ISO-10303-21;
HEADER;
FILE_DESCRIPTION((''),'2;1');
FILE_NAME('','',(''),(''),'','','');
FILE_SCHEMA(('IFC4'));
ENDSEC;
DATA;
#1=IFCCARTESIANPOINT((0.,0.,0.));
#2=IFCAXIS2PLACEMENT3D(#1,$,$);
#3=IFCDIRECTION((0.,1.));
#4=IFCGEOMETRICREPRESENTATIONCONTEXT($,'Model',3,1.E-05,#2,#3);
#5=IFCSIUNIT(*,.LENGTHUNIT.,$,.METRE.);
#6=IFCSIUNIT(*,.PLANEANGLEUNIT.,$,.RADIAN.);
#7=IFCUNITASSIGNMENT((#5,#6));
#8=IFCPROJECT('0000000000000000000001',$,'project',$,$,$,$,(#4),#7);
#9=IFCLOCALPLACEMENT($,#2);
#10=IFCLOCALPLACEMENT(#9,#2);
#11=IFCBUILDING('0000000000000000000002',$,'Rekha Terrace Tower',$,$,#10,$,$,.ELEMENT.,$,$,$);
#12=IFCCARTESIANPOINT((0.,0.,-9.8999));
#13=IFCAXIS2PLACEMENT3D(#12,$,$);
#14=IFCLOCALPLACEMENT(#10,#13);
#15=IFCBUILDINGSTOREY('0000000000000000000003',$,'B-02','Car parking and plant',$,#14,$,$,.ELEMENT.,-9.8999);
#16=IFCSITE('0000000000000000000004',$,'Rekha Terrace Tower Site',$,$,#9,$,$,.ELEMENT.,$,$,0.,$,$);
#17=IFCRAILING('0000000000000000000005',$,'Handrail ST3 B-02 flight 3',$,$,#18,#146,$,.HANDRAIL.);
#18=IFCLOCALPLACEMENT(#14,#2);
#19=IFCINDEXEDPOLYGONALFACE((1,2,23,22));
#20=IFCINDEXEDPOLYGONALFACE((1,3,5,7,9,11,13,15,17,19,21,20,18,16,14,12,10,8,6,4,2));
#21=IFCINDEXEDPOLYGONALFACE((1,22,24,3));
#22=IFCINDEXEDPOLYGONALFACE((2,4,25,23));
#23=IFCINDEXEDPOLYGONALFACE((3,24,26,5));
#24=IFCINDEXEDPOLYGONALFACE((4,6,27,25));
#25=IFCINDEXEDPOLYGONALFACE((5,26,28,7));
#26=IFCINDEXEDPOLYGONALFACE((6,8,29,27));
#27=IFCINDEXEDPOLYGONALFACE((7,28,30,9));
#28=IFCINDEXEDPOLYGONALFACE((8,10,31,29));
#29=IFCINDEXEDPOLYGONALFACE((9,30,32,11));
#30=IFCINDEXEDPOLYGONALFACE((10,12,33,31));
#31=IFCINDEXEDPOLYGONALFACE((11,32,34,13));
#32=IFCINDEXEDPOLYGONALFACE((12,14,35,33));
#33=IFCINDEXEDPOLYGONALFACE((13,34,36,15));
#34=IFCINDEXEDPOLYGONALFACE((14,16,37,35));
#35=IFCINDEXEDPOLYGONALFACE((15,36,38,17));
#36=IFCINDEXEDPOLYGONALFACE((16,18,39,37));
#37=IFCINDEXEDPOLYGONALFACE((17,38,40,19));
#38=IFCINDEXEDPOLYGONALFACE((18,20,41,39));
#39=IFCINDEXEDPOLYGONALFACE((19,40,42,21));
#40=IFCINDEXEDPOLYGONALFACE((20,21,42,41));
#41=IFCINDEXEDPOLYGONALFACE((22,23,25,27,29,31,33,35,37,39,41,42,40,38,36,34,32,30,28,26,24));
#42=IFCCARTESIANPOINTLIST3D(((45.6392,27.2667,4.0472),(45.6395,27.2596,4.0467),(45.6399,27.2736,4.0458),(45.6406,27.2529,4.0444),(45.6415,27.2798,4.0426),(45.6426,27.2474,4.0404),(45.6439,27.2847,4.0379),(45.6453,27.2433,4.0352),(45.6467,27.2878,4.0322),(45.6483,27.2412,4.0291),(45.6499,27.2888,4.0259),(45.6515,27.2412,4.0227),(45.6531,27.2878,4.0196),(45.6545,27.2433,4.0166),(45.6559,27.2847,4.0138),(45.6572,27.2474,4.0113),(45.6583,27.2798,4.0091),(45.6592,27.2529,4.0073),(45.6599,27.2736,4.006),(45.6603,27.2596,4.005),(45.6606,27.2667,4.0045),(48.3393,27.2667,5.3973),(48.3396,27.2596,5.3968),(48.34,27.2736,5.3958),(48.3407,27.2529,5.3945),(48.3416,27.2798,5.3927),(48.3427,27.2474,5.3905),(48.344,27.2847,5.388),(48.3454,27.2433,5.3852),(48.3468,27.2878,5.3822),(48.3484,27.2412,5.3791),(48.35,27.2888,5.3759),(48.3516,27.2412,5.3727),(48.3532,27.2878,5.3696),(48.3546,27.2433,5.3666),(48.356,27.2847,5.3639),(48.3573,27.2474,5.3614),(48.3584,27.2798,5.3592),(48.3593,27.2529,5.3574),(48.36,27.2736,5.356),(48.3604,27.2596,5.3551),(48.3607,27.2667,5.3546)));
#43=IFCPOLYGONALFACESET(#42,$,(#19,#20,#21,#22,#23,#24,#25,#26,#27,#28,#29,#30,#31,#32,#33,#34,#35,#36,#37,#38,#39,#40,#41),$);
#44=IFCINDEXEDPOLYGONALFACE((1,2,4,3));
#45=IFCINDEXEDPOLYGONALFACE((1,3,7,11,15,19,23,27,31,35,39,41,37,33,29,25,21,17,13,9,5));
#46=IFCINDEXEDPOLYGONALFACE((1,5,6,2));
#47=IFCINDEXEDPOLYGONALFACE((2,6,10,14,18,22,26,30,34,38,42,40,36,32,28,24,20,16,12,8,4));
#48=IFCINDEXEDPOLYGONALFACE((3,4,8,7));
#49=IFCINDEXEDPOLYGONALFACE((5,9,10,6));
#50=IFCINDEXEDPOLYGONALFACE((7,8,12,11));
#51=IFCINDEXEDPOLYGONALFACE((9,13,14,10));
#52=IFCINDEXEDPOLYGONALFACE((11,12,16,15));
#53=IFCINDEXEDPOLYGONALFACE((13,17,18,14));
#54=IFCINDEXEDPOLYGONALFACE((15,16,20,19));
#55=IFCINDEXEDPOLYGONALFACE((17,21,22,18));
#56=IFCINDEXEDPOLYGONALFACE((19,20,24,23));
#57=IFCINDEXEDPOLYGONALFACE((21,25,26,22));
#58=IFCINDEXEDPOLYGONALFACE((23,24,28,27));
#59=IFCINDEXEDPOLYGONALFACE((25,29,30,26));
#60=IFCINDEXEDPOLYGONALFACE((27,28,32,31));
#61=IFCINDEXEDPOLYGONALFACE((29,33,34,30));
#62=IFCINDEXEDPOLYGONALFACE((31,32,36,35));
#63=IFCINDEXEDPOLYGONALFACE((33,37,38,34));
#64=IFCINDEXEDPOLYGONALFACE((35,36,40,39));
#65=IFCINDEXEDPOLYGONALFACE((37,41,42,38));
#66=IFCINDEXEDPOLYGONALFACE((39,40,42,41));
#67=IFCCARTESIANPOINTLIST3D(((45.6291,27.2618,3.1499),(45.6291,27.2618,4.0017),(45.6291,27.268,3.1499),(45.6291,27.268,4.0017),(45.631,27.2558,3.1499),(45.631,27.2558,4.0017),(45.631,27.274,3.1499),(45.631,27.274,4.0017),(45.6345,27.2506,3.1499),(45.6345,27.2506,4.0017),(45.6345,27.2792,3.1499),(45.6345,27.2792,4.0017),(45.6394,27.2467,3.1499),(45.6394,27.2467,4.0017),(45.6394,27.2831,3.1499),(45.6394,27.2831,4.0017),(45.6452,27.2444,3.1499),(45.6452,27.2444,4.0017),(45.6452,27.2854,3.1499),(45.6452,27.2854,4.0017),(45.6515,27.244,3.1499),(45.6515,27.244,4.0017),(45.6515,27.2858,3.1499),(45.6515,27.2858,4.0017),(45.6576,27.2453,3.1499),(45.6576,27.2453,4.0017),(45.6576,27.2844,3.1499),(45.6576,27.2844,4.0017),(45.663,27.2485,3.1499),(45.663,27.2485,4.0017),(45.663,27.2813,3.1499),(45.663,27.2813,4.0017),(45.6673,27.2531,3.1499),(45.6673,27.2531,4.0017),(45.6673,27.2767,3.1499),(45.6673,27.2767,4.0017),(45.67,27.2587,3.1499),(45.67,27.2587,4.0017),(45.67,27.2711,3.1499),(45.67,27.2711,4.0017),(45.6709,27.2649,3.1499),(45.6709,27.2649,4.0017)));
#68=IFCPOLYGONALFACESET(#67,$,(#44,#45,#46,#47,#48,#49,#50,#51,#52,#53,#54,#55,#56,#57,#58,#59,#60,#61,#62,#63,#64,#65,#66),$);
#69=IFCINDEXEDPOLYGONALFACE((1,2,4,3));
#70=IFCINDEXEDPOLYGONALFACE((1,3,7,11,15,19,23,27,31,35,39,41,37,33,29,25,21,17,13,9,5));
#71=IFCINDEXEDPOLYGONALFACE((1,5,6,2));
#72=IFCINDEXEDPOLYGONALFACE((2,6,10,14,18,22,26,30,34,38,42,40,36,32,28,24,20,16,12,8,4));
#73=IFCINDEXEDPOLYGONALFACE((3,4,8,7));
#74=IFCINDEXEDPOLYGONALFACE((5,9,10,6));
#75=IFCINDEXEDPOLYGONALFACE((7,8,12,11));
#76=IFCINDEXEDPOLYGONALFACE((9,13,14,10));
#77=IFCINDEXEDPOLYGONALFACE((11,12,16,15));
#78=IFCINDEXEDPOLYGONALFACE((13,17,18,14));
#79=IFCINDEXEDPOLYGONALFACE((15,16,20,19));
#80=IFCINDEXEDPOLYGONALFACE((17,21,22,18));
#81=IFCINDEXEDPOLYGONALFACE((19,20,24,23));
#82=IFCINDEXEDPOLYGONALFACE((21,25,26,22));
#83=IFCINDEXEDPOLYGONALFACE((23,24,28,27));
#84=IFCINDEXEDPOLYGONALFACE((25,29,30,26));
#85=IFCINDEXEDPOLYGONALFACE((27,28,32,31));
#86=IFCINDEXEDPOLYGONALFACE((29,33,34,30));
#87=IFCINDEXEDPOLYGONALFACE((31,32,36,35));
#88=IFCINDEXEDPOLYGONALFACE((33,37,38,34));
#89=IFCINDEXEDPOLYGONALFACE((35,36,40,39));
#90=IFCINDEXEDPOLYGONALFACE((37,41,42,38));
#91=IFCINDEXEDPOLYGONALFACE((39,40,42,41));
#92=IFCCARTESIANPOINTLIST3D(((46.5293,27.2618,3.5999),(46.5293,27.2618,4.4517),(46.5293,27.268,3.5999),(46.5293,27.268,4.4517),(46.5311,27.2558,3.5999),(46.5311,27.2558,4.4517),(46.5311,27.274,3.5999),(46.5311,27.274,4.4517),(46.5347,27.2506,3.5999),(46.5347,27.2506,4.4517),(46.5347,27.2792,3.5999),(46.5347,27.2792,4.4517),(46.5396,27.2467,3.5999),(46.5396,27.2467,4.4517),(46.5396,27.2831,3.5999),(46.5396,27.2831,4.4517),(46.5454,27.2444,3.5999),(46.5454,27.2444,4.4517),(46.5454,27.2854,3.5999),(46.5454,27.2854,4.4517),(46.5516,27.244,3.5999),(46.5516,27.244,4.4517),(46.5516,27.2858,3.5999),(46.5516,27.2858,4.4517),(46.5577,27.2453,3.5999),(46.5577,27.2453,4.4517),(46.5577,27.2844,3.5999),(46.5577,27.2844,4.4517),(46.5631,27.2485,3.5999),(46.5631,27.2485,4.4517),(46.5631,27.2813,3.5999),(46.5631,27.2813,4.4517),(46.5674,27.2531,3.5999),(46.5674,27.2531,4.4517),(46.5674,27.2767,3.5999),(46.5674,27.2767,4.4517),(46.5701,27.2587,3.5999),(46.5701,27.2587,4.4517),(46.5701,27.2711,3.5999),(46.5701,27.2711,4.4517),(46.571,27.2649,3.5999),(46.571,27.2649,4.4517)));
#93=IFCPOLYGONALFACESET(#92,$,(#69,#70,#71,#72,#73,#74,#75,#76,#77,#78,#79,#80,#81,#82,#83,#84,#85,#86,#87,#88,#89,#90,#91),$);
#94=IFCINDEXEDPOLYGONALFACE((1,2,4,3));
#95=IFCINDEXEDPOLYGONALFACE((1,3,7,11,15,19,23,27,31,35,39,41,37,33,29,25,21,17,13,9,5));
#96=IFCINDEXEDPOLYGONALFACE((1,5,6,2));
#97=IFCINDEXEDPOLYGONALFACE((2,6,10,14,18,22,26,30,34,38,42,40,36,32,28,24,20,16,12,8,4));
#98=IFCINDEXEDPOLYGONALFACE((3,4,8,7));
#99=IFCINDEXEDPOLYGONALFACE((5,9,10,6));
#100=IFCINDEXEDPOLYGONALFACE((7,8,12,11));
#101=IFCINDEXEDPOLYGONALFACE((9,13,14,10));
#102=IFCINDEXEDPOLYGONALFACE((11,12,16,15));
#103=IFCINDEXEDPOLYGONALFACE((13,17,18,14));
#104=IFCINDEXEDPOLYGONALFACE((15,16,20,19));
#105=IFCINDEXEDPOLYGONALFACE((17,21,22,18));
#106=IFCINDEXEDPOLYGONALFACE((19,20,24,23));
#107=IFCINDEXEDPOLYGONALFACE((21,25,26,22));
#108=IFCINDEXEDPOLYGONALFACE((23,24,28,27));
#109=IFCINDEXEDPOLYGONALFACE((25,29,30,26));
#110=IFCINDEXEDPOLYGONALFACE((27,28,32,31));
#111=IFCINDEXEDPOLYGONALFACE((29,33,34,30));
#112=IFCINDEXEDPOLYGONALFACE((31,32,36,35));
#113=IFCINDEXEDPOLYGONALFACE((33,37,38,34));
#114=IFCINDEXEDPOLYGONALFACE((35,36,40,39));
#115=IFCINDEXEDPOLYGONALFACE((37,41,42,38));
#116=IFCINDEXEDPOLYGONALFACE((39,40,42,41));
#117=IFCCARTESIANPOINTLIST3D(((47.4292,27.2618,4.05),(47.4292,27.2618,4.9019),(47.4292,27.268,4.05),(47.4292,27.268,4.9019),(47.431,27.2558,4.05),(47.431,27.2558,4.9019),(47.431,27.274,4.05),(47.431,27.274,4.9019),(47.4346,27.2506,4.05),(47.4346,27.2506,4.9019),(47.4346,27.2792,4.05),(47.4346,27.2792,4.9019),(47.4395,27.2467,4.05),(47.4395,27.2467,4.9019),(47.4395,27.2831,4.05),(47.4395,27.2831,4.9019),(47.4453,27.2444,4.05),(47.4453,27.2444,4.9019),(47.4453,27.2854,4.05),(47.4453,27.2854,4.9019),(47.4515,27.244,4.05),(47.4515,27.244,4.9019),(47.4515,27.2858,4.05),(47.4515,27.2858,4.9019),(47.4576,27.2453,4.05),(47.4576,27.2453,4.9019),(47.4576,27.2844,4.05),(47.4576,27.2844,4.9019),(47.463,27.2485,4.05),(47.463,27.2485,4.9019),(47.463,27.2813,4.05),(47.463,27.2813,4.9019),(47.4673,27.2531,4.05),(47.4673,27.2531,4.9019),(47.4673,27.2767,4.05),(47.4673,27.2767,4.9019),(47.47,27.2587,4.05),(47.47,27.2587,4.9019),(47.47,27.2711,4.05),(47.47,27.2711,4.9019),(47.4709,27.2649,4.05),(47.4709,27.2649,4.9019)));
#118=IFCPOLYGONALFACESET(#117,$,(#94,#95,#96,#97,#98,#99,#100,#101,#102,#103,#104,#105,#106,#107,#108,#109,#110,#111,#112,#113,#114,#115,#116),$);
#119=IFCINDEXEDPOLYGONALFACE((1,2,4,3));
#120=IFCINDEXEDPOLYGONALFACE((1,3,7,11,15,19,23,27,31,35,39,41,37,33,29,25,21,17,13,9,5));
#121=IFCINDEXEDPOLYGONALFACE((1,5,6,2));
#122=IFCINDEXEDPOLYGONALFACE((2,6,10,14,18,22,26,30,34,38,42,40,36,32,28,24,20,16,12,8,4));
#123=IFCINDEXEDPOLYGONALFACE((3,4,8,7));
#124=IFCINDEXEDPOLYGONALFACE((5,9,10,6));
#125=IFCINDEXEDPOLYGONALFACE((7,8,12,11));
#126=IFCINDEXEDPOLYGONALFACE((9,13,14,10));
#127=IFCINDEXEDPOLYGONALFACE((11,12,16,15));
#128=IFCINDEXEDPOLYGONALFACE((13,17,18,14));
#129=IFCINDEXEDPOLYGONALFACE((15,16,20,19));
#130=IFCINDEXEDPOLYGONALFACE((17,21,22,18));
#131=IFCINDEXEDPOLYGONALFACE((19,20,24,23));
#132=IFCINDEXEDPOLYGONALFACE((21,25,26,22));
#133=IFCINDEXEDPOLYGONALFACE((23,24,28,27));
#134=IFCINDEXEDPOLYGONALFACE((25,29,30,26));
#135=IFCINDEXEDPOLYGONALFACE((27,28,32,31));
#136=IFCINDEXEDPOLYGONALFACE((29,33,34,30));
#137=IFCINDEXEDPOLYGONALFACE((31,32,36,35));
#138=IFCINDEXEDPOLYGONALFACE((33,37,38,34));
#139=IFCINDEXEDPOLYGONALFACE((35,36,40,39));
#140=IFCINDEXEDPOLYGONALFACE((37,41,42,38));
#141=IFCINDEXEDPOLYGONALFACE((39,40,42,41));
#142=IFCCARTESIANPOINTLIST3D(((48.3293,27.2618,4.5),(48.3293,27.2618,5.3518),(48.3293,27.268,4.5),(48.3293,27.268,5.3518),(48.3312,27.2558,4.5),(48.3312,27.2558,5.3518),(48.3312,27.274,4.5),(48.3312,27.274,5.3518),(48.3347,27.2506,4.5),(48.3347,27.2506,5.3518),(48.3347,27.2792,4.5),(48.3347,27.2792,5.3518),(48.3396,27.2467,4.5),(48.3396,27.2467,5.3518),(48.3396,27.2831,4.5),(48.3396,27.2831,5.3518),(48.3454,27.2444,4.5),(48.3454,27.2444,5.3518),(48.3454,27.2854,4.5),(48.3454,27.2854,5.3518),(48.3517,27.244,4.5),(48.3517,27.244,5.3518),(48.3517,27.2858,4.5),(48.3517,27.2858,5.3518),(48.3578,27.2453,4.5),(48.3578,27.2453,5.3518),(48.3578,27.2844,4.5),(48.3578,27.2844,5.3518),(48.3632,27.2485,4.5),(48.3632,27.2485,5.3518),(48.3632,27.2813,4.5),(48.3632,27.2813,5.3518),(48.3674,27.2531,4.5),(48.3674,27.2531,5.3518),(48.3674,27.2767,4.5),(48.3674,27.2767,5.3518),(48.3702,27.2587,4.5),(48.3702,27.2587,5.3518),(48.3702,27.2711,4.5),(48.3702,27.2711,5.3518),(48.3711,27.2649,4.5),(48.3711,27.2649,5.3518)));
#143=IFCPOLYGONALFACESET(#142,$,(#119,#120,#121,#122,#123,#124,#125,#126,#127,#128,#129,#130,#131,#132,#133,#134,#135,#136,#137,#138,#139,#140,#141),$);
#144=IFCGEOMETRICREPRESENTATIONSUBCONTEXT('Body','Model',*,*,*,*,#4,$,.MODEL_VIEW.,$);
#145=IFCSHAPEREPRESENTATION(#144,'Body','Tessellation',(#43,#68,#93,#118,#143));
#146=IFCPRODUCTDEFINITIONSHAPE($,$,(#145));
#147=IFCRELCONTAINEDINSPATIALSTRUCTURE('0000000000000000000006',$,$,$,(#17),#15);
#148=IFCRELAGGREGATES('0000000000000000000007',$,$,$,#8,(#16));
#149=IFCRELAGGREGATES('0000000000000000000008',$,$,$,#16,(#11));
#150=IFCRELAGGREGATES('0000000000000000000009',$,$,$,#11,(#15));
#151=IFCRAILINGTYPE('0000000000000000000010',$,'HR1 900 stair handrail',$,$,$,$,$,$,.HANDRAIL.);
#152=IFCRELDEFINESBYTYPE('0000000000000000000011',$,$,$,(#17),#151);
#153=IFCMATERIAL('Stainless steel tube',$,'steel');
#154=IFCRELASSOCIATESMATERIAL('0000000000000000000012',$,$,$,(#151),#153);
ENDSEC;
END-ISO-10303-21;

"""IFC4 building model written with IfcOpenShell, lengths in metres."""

from ifc_helpers import new_model, si_unit, direction, frame, origin, origin_2d, place, context, subcontext, project, spatial, circle, extrude, material, type_object, element, save


model = new_model("IFC4")

# Units and contexts
model_context = context("Model", 3, precision=1e-05, world=origin(), true_north=direction((0.0, 1.0)))
body_context = subcontext(model_context, "Body", "Model", "MODEL_VIEW")
ifc_project = project(units=[si_unit("LENGTHUNIT", "METRE"), si_unit("PLANEANGLEUNIT", "RADIAN")], contexts=[model_context])

# Site, building, storey
site_placement = place(None, origin())
site = spatial("IfcSite", under=ifc_project, at=site_placement, Name="Rekha Terrace Tower Site", CompositionType="ELEMENT", RefElevation=0.0)
building_placement = place(site_placement, origin())
building = spatial("IfcBuilding", under=site, at=building_placement, Name="Rekha Terrace Tower", CompositionType="ELEMENT")
storey_placement = place(building_placement, frame((0.0, 0.0, -9.8999)))
storey = spatial("IfcBuildingStorey", under=building, at=storey_placement, Name="B-02", Description="Car parking and plant", CompositionType="ELEMENT", Elevation=-9.8999)

# Railing
ifc_material_1 = material(Name="Stainless steel tube", Category="steel")
railing_type_1 = type_object("IfcRailingType", Name="HR1 900 stair handrail", PredefinedType="HANDRAIL", material=ifc_material_1)
railing_1_placement = place(storey_placement, frame((45.6499, 27.2649, 3.1499)))
element("IfcRailing", 1, at=railing_1_placement, inside=storey, type_object=railing_type_1, Name="Handrail ST3 B-02 flight 3", PredefinedType="HANDRAIL", context=body_context, shape_type="SweptSolid", body=[
    extrude(circle(Radius=0.0239, at=origin_2d()), frame((0.0, 0.0, 0.876), z_axis=(0.894427, 0.0, 0.447214), x_axis=(0.0, 1.0, 0.0)), (0.0, 0.0, 1.0), 3.0188),
    extrude(circle(Radius=0.021, at=origin_2d()), origin(), (0.0, 0.0, 1.0), 0.8518),
    extrude(circle(Radius=0.021, at=origin_2d()), frame((0.9001, 0.0, 0.45)), (0.0, 0.0, 1.0), 0.8518),
    extrude(circle(Radius=0.021, at=origin_2d()), frame((1.8, 0.0, 0.9001)), (0.0, 0.0, 1.0), 0.8518),
    extrude(circle(Radius=0.021, at=origin_2d()), frame((2.7002, 0.0, 1.3501)), (0.0, 0.0, 1.0), 0.8518),
])

save(model, "model.ifc")
